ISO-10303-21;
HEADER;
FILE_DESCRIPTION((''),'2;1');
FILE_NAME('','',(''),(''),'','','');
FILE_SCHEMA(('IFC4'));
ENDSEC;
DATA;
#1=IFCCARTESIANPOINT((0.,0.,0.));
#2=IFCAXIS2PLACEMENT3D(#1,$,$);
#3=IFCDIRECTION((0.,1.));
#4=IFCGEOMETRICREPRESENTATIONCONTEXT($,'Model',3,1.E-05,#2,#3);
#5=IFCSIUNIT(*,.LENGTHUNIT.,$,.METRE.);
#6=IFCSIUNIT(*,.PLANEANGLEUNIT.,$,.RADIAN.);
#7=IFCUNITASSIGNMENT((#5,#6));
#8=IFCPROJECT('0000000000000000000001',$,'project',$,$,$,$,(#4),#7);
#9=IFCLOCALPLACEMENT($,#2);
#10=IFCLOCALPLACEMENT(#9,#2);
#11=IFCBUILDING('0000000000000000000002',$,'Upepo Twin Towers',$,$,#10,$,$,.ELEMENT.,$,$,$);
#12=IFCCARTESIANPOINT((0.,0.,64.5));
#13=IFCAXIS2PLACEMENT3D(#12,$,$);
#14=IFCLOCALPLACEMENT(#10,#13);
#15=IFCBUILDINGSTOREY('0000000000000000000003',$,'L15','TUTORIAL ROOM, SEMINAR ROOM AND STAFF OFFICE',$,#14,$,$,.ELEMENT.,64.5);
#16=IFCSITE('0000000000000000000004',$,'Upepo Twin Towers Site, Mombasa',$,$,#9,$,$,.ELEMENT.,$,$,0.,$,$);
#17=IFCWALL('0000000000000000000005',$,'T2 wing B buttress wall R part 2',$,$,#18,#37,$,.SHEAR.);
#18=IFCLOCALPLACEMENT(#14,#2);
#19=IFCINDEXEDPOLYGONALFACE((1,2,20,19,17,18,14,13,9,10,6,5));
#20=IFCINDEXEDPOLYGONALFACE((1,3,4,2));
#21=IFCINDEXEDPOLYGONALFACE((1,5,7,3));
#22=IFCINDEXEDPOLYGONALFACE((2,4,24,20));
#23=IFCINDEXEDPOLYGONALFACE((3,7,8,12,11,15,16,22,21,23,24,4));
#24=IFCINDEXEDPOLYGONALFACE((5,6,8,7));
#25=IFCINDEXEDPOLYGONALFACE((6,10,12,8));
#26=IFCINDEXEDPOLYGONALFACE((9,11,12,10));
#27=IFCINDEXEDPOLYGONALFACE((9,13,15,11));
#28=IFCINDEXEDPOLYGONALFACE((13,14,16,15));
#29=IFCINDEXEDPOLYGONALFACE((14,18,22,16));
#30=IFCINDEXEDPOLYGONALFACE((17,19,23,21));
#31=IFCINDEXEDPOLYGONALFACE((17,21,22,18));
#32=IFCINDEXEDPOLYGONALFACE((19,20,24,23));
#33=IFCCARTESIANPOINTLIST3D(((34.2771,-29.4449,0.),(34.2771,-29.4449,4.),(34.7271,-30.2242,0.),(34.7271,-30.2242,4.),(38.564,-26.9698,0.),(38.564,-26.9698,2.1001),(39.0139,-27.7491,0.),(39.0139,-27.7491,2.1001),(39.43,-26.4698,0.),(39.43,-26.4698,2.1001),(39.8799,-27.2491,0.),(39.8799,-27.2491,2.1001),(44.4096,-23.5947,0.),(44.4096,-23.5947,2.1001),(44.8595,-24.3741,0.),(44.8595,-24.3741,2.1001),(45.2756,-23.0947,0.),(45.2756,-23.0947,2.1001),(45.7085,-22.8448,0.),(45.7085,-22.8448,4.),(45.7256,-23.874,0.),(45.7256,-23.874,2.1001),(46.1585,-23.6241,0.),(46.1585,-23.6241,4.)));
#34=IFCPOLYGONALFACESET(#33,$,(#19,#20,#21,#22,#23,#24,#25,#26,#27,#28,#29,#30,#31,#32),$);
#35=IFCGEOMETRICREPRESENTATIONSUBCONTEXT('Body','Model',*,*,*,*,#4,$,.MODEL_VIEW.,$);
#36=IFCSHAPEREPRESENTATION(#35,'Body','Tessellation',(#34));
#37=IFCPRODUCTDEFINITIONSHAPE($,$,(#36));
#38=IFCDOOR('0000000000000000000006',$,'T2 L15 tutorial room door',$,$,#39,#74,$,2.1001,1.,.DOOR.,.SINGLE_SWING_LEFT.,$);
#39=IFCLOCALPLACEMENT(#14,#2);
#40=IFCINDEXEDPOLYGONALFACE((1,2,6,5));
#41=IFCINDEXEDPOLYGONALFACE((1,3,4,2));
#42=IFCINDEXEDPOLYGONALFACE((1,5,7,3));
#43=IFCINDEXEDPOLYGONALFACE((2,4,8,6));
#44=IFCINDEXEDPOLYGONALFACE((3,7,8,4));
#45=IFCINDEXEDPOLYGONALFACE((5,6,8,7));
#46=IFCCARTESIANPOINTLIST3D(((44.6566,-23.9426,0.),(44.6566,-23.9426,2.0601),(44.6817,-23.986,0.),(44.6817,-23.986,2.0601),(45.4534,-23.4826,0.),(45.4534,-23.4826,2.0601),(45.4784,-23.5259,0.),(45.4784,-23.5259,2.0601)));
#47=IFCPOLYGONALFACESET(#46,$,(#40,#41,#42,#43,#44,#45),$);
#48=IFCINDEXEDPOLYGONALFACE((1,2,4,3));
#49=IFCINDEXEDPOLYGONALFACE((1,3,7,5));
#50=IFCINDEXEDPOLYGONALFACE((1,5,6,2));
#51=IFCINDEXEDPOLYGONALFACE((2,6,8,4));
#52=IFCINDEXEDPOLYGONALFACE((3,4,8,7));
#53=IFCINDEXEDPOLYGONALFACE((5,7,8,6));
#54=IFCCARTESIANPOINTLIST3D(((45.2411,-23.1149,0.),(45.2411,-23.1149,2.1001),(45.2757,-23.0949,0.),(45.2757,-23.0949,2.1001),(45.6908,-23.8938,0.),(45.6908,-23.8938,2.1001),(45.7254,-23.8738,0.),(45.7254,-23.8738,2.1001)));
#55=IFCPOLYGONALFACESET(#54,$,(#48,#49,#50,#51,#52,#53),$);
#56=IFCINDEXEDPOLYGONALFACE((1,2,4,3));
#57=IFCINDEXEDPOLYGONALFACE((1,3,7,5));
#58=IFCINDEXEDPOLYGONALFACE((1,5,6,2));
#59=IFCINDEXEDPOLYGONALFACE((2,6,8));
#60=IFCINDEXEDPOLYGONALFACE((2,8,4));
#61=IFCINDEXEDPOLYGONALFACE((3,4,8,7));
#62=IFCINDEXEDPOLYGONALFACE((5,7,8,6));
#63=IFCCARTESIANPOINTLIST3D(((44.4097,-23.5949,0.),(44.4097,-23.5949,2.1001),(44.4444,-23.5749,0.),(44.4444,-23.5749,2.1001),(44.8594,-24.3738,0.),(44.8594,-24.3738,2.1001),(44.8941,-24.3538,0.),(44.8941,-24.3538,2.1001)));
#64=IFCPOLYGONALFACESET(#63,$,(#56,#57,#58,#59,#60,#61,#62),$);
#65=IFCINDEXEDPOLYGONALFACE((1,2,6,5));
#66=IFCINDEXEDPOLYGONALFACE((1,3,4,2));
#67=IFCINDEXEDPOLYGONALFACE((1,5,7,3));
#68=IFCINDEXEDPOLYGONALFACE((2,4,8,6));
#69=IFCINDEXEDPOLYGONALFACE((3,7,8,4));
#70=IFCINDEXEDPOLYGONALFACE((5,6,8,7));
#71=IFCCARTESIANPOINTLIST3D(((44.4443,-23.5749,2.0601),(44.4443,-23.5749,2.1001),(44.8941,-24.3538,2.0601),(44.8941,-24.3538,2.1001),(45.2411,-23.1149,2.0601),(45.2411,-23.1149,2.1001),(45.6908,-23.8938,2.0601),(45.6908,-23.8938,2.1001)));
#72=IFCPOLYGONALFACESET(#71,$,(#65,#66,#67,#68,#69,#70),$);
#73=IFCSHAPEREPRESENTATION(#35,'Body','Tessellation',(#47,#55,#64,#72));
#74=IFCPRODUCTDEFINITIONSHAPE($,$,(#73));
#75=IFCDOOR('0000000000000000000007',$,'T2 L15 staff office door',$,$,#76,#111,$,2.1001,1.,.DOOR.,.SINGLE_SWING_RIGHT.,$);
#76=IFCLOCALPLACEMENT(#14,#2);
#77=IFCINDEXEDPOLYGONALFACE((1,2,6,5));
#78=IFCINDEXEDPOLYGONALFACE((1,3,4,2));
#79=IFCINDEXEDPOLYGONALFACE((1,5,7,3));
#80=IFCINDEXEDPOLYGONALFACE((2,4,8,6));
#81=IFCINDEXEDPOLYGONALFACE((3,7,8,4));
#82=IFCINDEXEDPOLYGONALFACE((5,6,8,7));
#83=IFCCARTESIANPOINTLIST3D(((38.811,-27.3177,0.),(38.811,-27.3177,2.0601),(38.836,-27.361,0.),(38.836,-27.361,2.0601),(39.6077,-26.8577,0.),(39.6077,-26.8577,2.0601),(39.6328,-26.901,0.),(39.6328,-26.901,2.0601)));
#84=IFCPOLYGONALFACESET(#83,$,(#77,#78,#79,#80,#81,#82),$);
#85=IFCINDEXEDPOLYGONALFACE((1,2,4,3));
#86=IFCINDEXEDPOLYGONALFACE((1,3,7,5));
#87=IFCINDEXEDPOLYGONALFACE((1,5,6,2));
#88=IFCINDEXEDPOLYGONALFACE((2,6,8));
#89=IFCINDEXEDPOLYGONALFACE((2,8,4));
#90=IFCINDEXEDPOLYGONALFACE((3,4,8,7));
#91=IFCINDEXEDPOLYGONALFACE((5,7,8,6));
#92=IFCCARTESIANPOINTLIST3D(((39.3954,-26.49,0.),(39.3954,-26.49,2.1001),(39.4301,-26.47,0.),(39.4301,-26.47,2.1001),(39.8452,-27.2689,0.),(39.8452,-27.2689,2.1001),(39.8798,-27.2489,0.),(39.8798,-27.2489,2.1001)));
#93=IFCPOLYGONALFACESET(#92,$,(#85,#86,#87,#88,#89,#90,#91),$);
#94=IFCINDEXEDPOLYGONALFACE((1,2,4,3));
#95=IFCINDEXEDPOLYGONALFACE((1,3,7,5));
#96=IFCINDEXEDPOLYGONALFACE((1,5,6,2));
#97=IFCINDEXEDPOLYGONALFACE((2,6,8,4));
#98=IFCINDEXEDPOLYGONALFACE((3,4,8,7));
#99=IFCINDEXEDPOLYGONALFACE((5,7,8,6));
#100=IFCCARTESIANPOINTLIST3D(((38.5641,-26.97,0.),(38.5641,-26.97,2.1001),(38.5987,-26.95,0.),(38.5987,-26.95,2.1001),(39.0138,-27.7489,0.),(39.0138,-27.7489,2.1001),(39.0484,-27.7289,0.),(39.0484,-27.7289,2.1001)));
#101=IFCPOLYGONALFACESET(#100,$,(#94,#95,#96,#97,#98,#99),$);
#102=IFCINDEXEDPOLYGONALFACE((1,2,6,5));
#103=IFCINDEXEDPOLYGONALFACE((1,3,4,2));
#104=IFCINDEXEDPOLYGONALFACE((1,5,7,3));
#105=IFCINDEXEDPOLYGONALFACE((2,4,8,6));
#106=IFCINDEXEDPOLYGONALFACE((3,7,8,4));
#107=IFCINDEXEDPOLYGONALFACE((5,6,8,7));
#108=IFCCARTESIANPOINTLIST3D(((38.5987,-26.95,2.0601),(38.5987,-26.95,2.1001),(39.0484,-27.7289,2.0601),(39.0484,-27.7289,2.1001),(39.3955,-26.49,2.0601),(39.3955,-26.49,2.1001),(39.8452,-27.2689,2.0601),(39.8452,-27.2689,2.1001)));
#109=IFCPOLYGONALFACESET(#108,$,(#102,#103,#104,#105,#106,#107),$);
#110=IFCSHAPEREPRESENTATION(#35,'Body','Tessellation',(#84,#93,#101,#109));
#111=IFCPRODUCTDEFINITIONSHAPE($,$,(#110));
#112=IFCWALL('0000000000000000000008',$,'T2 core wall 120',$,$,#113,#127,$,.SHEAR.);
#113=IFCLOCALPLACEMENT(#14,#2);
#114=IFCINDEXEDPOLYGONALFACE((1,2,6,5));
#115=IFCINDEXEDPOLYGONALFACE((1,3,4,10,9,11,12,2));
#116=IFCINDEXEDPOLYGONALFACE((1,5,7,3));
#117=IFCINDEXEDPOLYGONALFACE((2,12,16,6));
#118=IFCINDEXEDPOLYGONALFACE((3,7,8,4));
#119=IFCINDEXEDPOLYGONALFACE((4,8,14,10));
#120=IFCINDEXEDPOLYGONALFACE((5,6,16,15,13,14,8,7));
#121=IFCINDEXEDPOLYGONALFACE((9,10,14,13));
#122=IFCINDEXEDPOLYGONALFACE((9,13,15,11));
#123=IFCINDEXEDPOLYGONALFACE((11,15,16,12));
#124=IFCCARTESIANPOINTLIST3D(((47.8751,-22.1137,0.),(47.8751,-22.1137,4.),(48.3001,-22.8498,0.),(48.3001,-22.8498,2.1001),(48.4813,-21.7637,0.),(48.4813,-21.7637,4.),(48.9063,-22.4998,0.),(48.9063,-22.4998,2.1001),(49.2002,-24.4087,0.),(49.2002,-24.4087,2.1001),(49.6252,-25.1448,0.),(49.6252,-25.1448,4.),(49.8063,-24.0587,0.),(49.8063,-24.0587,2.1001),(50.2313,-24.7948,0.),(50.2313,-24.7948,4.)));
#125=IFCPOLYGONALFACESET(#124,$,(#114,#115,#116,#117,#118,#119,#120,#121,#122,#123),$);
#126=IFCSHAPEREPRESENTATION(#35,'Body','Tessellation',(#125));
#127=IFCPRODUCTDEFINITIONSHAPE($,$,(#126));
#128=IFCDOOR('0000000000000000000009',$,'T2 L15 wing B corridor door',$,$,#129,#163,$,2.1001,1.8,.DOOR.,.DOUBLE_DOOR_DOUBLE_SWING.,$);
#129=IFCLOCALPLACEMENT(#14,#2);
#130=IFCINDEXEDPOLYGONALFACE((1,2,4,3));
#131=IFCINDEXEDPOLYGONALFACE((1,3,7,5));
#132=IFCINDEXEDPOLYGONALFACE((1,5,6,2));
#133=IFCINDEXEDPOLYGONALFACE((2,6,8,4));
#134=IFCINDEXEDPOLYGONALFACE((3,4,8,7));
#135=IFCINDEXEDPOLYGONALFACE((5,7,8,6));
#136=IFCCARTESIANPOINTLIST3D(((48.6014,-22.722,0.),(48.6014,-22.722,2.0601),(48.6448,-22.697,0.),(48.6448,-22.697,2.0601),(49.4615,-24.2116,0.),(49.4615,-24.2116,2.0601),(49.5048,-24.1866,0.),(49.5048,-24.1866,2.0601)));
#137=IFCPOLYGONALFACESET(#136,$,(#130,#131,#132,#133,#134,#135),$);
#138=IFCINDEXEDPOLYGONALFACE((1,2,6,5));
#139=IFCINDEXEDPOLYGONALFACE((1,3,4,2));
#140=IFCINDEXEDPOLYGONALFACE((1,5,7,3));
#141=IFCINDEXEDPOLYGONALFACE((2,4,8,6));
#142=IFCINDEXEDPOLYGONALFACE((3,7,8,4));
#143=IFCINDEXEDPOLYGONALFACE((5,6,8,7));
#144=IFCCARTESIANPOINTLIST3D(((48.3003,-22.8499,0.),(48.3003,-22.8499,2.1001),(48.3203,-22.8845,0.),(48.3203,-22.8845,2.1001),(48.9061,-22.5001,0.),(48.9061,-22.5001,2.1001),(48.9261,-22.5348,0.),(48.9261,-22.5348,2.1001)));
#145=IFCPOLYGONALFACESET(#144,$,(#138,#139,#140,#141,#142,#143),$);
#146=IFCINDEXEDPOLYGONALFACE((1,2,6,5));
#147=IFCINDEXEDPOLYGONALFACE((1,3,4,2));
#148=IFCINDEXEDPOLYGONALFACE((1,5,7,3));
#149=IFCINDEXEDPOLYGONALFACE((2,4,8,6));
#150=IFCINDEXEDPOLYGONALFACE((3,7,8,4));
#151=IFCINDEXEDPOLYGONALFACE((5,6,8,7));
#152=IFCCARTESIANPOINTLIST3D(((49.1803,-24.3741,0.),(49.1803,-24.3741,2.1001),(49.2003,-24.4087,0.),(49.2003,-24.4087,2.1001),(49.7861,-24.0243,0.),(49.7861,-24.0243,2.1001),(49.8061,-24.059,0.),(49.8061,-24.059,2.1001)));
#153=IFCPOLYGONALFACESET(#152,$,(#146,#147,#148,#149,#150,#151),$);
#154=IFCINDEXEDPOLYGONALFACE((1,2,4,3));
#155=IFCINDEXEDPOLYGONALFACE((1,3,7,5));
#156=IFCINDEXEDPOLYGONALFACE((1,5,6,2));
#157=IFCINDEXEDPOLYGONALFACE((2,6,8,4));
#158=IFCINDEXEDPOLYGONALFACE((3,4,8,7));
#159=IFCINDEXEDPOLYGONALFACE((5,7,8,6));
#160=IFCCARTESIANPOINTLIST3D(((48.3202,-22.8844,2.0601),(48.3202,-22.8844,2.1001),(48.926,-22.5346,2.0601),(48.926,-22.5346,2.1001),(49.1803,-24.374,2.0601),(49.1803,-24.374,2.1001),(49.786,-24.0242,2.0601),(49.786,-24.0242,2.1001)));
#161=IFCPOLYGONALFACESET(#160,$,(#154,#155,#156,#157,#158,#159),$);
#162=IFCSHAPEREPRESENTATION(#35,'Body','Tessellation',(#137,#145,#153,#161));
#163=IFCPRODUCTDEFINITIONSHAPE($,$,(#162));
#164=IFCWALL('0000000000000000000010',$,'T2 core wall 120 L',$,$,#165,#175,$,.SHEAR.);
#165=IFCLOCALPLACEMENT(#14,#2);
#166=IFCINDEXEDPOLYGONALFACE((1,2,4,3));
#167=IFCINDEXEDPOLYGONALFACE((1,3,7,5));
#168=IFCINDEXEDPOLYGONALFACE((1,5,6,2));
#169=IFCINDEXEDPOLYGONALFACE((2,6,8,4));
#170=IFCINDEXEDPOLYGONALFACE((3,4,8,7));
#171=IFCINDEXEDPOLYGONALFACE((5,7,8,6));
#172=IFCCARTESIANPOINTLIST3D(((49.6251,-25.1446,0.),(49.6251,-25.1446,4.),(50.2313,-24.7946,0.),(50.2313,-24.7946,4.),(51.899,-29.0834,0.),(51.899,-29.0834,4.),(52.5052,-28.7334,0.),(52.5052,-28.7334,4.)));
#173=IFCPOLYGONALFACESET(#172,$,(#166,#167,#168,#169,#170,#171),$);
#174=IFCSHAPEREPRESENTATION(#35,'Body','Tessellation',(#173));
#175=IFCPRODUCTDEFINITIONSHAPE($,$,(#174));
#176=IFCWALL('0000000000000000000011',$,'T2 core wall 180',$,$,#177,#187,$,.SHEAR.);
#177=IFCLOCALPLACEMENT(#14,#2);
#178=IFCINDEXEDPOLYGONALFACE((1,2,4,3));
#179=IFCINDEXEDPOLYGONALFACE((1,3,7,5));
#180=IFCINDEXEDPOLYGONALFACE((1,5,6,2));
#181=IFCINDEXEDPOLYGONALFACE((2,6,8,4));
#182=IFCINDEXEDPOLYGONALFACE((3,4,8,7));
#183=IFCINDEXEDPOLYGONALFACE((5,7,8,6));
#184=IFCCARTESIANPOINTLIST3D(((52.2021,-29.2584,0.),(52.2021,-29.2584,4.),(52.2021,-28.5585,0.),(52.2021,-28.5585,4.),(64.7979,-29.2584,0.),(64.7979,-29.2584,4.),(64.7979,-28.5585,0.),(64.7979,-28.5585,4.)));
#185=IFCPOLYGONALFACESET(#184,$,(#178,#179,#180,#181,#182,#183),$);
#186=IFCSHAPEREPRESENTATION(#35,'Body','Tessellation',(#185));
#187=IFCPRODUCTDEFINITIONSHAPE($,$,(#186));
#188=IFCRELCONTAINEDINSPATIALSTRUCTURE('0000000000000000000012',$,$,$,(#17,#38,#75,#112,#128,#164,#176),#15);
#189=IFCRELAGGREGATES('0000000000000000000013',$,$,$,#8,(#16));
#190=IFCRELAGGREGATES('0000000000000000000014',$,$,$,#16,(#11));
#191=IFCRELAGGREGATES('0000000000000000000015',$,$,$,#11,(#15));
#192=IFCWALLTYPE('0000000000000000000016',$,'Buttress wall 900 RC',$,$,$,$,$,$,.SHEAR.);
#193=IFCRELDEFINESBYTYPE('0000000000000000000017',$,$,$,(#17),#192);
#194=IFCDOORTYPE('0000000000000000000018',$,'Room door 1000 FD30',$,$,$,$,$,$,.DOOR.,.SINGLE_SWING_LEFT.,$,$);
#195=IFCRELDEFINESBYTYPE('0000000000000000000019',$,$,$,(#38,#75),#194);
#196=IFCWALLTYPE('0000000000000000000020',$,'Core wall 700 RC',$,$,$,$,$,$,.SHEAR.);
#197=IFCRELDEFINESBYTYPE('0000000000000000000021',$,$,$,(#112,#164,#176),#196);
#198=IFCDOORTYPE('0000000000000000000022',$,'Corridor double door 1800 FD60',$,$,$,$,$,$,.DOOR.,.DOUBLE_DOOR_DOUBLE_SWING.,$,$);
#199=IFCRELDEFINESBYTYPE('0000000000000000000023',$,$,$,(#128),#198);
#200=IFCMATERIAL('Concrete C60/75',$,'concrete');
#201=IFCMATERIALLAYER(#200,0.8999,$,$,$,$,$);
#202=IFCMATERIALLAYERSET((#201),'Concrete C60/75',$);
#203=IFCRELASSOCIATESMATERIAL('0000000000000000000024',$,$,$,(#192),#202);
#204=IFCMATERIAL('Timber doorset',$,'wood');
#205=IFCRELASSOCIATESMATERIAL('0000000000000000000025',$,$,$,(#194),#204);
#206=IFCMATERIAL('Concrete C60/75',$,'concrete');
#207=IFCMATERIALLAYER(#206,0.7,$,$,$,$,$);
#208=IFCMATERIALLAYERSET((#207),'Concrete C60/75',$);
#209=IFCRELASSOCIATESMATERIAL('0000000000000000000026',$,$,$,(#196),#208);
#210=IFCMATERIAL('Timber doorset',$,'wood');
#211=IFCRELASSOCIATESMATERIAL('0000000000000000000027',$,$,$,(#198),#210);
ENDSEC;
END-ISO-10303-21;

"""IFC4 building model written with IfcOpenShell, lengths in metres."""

from ifc_helpers import new_model, si_unit, direction, frame, frame_2d, origin, place, context, subcontext, project, spatial, rectangle, extrude, material, layer, layer_set, type_object, element, fill, save


model = new_model("IFC4")

# Units and contexts
model_context = context("Model", 3, precision=1e-05, world=origin(), true_north=direction((0.0, 1.0)))
body_context = subcontext(model_context, "Body", "Model", "MODEL_VIEW")
ifc_project = project(units=[si_unit("LENGTHUNIT", "METRE"), si_unit("PLANEANGLEUNIT", "RADIAN")], contexts=[model_context])

# Site, building, storey
site_placement = place(None, origin())
site = spatial("IfcSite", under=ifc_project, at=site_placement, Name="Upepo Twin Towers Site, Mombasa", CompositionType="ELEMENT", RefElevation=0.0)
building_placement = place(site_placement, origin())
building = spatial("IfcBuilding", under=site, at=building_placement, Name="Upepo Twin Towers", CompositionType="ELEMENT")
storey_placement = place(building_placement, frame((0.0, 0.0, 64.5)))
storey = spatial("IfcBuildingStorey", under=building, at=storey_placement, Name="L15", Description="TUTORIAL ROOM, SEMINAR ROOM AND STAFF OFFICE", CompositionType="ELEMENT", Elevation=64.5)

# Wall, openings, doors
ifc_material_1 = material(Name="Concrete C60/75", Category="concrete")
ifc_layer_1 = layer(ifc_material_1, 0.8999)
ifc_layer_set_1 = layer_set([ifc_layer_1], Name="Concrete C60/75")
wall_type_1 = type_object("IfcWallType", Name="Buttress wall 900 RC", PredefinedType="SHEAR", material=ifc_layer_set_1)
ifc_material_2 = material(Name="Timber doorset", Category="wood")
door_type_1 = type_object("IfcDoorType", Name="Room door 1000 FD30", OperationType="SINGLE_SWING_LEFT", PredefinedType="DOOR", material=ifc_material_2)
wall_1_placement = place(storey_placement, frame((45.9336, -23.2344, 0.0), z_axis=(0.0, 0.0, 1.0), x_axis=(-0.86602, -0.50001, 0.0)))
wall_1 = element("IfcWall", 1, at=wall_1_placement, inside=storey, type_object=wall_type_1, Name="T2 wing B buttress wall R part 2", PredefinedType="SHEAR", context=body_context, shape_type="SweptSolid", body=[
    extrude(rectangle(XDim=13.2, YDim=0.8999, at=frame_2d((6.6001, 0.0))), origin(), (0.0, 0.0, 1.0), 4.0),
])
opening_1_placement = place(wall_1_placement, frame((0.5, 0.0, 0.0)))
opening_1 = element("IfcOpeningElement", 2, at=opening_1_placement, cuts=wall_1, PredefinedType="OPENING", context=body_context, shape_type="SweptSolid", body=[
    extrude(rectangle(XDim=1.0, YDim=2.1001, at=frame_2d((0.5, 1.05))), frame((0.0, 0.46, 0.0), z_axis=(0.0, -1.0, 0.0), x_axis=(1.0, 0.0, 0.0)), (0.0, 0.0, 1.0), 0.9199),
])
opening_2_placement = place(wall_1_placement, frame((7.25, 0.0, 0.0)))
opening_2 = element("IfcOpeningElement", 3, at=opening_2_placement, cuts=wall_1, PredefinedType="OPENING", context=body_context, shape_type="SweptSolid", body=[
    extrude(rectangle(XDim=1.0, YDim=2.1001, at=frame_2d((0.5, 1.05))), frame((0.0, 0.46, 0.0), z_axis=(0.0, -1.0, 0.0), x_axis=(1.0, 0.0, 0.0)), (0.0, 0.0, 1.0), 0.9199),
])
door_1_placement = place(opening_1_placement, origin())
door_1 = element("IfcDoor", 4, at=door_1_placement, inside=storey, type_object=door_type_1, Name="T2 L15 tutorial room door", OperationType="SINGLE_SWING_LEFT", OverallHeight=2.1001, OverallWidth=1.0, PredefinedType="DOOR", context=body_context, shape_type="SweptSolid", body=[
    extrude(rectangle(XDim=0.92, YDim=2.0601, at=frame_2d((0.5, 1.03))), frame((0.0, 0.0249, 0.0), z_axis=(0.0, -1.0, 0.0), x_axis=(1.0, 0.0, 0.0)), (0.0, 0.0, 1.0), 0.05),
    extrude(rectangle(XDim=0.04, YDim=2.1001, at=frame_2d((0.02, 1.05))), frame((0.0, 0.4497, 0.0), z_axis=(0.0, -1.0, 0.0), x_axis=(1.0, 0.0, 0.0)), (0.0, 0.0, 1.0), 0.8994),
    extrude(rectangle(XDim=0.04, YDim=2.1001, at=frame_2d((0.98, 1.05))), frame((0.0, 0.4497, 0.0), z_axis=(0.0, -1.0, 0.0), x_axis=(1.0, 0.0, 0.0)), (0.0, 0.0, 1.0), 0.8994),
    extrude(rectangle(XDim=0.92, YDim=0.04, at=frame_2d((0.5, 2.0801))), frame((0.0, 0.4497, 0.0), z_axis=(0.0, -1.0, 0.0), x_axis=(1.0, 0.0, 0.0)), (0.0, 0.0, 1.0), 0.8994),
])
fill(opening_1, door_1)
door_2_placement = place(opening_2_placement, origin())
door_2 = element("IfcDoor", 5, at=door_2_placement, inside=storey, type_object=door_type_1, Name="T2 L15 staff office door", OperationType="SINGLE_SWING_RIGHT", OverallHeight=2.1001, OverallWidth=1.0, PredefinedType="DOOR", context=body_context, shape_type="SweptSolid", body=[
    extrude(rectangle(XDim=0.92, YDim=2.0601, at=frame_2d((0.5, 1.03))), frame((0.0, 0.0249, 0.0), z_axis=(0.0, -1.0, 0.0), x_axis=(1.0, 0.0, 0.0)), (0.0, 0.0, 1.0), 0.05),
    extrude(rectangle(XDim=0.04, YDim=2.1001, at=frame_2d((0.02, 1.05))), frame((0.0, 0.4497, 0.0), z_axis=(0.0, -1.0, 0.0), x_axis=(1.0, 0.0, 0.0)), (0.0, 0.0, 1.0), 0.8994),
    extrude(rectangle(XDim=0.04, YDim=2.1001, at=frame_2d((0.98, 1.05))), frame((0.0, 0.4497, 0.0), z_axis=(0.0, -1.0, 0.0), x_axis=(1.0, 0.0, 0.0)), (0.0, 0.0, 1.0), 0.8994),
    extrude(rectangle(XDim=0.92, YDim=0.04, at=frame_2d((0.5, 2.0801))), frame((0.0, 0.4497, 0.0), z_axis=(0.0, -1.0, 0.0), x_axis=(1.0, 0.0, 0.0)), (0.0, 0.0, 1.0), 0.8994),
])
fill(opening_2, door_2)

# Wall, opening, door
ifc_material_3 = material(Name="Concrete C60/75", Category="concrete")
ifc_layer_2 = layer(ifc_material_3, 0.7)
ifc_layer_set_2 = layer_set([ifc_layer_2], Name="Concrete C60/75")
wall_type_2 = type_object("IfcWallType", Name="Core wall 700 RC", PredefinedType="SHEAR", material=ifc_layer_set_2)
wall_2_placement = place(storey_placement, frame((48.1782, -21.9387, 0.0), z_axis=(0.0, 0.0, 1.0), x_axis=(0.50001, -0.866019, 0.0)))
wall_2 = element("IfcWall", 6, at=wall_2_placement, inside=storey, type_object=wall_type_2, Name="T2 core wall 120", PredefinedType="SHEAR", context=body_context, shape_type="SweptSolid", body=[
    extrude(rectangle(XDim=3.5, YDim=0.7, at=frame_2d((1.75, 0.0))), origin(), (0.0, 0.0, 1.0), 4.0),
])
opening_3_placement = place(wall_2_placement, frame((0.8501, 0.0, 0.0)))
opening_3 = element("IfcOpeningElement", 7, at=opening_3_placement, cuts=wall_2, PredefinedType="OPENING", context=body_context, shape_type="SweptSolid", body=[
    extrude(rectangle(XDim=1.8, YDim=2.1001, at=frame_2d((0.8999, 1.05))), frame((0.0, 0.3599, 0.0), z_axis=(0.0, -1.0, 0.0), x_axis=(1.0, 0.0, 0.0)), (0.0, 0.0, 1.0), 0.72),
])
ifc_material_4 = material(Name="Timber doorset", Category="wood")
door_type_2 = type_object("IfcDoorType", Name="Corridor double door 1800 FD60", OperationType="DOUBLE_DOOR_DOUBLE_SWING", PredefinedType="DOOR", material=ifc_material_4)
door_3_placement = place(opening_3_placement, origin())
door_3 = element("IfcDoor", 8, at=door_3_placement, inside=storey, type_object=door_type_2, Name="T2 L15 wing B corridor door", OperationType="DOUBLE_DOOR_DOUBLE_SWING", OverallHeight=2.1001, OverallWidth=1.8, PredefinedType="DOOR", context=body_context, shape_type="SweptSolid", body=[
    extrude(rectangle(XDim=1.72, YDim=2.0601, at=frame_2d((0.8999, 1.03))), frame((0.0, 0.0249, 0.0), z_axis=(0.0, -1.0, 0.0), x_axis=(1.0, 0.0, 0.0)), (0.0, 0.0, 1.0), 0.05),
    extrude(rectangle(XDim=0.04, YDim=2.1001, at=frame_2d((0.02, 1.05))), frame((0.0, 0.3496, 0.0), z_axis=(0.0, -1.0, 0.0), x_axis=(1.0, 0.0, 0.0)), (0.0, 0.0, 1.0), 0.6995),
    extrude(rectangle(XDim=0.04, YDim=2.1001, at=frame_2d((1.78, 1.05))), frame((0.0, 0.3496, 0.0), z_axis=(0.0, -1.0, 0.0), x_axis=(1.0, 0.0, 0.0)), (0.0, 0.0, 1.0), 0.6995),
    extrude(rectangle(XDim=1.72, YDim=0.04, at=frame_2d((0.8999, 2.0801))), frame((0.0, 0.3496, 0.0), z_axis=(0.0, -1.0, 0.0), x_axis=(1.0, 0.0, 0.0)), (0.0, 0.0, 1.0), 0.6995),
])
fill(opening_3, door_3)

# Walls
wall_3_placement = place(storey_placement, frame((49.9282, -24.9697, 0.0), z_axis=(0.0, 0.0, 1.0), x_axis=(0.499984, -0.866035, 0.0)))
element("IfcWall", 9, at=wall_3_placement, inside=storey, type_object=wall_type_2, Name="T2 core wall 120 L", PredefinedType="SHEAR", context=body_context, shape_type="SweptSolid", body=[
    extrude(rectangle(XDim=4.5481, YDim=0.7, at=frame_2d((2.2739, 0.0))), origin(), (0.0, 0.0, 1.0), 4.0),
])
wall_4_placement = place(storey_placement, frame((52.2021, -28.9084, 0.0), z_axis=(0.0, 0.0, 1.0), x_axis=(1.0, 0.0, 0.0)))
element("IfcWall", 10, at=wall_4_placement, inside=storey, type_object=wall_type_2, Name="T2 core wall 180", PredefinedType="SHEAR", context=body_context, shape_type="SweptSolid", body=[
    extrude(rectangle(XDim=12.5957, YDim=0.7, at=frame_2d((6.2979, 0.0))), origin(), (0.0, 0.0, 1.0), 4.0),
])

save(model, "model.ifc")
